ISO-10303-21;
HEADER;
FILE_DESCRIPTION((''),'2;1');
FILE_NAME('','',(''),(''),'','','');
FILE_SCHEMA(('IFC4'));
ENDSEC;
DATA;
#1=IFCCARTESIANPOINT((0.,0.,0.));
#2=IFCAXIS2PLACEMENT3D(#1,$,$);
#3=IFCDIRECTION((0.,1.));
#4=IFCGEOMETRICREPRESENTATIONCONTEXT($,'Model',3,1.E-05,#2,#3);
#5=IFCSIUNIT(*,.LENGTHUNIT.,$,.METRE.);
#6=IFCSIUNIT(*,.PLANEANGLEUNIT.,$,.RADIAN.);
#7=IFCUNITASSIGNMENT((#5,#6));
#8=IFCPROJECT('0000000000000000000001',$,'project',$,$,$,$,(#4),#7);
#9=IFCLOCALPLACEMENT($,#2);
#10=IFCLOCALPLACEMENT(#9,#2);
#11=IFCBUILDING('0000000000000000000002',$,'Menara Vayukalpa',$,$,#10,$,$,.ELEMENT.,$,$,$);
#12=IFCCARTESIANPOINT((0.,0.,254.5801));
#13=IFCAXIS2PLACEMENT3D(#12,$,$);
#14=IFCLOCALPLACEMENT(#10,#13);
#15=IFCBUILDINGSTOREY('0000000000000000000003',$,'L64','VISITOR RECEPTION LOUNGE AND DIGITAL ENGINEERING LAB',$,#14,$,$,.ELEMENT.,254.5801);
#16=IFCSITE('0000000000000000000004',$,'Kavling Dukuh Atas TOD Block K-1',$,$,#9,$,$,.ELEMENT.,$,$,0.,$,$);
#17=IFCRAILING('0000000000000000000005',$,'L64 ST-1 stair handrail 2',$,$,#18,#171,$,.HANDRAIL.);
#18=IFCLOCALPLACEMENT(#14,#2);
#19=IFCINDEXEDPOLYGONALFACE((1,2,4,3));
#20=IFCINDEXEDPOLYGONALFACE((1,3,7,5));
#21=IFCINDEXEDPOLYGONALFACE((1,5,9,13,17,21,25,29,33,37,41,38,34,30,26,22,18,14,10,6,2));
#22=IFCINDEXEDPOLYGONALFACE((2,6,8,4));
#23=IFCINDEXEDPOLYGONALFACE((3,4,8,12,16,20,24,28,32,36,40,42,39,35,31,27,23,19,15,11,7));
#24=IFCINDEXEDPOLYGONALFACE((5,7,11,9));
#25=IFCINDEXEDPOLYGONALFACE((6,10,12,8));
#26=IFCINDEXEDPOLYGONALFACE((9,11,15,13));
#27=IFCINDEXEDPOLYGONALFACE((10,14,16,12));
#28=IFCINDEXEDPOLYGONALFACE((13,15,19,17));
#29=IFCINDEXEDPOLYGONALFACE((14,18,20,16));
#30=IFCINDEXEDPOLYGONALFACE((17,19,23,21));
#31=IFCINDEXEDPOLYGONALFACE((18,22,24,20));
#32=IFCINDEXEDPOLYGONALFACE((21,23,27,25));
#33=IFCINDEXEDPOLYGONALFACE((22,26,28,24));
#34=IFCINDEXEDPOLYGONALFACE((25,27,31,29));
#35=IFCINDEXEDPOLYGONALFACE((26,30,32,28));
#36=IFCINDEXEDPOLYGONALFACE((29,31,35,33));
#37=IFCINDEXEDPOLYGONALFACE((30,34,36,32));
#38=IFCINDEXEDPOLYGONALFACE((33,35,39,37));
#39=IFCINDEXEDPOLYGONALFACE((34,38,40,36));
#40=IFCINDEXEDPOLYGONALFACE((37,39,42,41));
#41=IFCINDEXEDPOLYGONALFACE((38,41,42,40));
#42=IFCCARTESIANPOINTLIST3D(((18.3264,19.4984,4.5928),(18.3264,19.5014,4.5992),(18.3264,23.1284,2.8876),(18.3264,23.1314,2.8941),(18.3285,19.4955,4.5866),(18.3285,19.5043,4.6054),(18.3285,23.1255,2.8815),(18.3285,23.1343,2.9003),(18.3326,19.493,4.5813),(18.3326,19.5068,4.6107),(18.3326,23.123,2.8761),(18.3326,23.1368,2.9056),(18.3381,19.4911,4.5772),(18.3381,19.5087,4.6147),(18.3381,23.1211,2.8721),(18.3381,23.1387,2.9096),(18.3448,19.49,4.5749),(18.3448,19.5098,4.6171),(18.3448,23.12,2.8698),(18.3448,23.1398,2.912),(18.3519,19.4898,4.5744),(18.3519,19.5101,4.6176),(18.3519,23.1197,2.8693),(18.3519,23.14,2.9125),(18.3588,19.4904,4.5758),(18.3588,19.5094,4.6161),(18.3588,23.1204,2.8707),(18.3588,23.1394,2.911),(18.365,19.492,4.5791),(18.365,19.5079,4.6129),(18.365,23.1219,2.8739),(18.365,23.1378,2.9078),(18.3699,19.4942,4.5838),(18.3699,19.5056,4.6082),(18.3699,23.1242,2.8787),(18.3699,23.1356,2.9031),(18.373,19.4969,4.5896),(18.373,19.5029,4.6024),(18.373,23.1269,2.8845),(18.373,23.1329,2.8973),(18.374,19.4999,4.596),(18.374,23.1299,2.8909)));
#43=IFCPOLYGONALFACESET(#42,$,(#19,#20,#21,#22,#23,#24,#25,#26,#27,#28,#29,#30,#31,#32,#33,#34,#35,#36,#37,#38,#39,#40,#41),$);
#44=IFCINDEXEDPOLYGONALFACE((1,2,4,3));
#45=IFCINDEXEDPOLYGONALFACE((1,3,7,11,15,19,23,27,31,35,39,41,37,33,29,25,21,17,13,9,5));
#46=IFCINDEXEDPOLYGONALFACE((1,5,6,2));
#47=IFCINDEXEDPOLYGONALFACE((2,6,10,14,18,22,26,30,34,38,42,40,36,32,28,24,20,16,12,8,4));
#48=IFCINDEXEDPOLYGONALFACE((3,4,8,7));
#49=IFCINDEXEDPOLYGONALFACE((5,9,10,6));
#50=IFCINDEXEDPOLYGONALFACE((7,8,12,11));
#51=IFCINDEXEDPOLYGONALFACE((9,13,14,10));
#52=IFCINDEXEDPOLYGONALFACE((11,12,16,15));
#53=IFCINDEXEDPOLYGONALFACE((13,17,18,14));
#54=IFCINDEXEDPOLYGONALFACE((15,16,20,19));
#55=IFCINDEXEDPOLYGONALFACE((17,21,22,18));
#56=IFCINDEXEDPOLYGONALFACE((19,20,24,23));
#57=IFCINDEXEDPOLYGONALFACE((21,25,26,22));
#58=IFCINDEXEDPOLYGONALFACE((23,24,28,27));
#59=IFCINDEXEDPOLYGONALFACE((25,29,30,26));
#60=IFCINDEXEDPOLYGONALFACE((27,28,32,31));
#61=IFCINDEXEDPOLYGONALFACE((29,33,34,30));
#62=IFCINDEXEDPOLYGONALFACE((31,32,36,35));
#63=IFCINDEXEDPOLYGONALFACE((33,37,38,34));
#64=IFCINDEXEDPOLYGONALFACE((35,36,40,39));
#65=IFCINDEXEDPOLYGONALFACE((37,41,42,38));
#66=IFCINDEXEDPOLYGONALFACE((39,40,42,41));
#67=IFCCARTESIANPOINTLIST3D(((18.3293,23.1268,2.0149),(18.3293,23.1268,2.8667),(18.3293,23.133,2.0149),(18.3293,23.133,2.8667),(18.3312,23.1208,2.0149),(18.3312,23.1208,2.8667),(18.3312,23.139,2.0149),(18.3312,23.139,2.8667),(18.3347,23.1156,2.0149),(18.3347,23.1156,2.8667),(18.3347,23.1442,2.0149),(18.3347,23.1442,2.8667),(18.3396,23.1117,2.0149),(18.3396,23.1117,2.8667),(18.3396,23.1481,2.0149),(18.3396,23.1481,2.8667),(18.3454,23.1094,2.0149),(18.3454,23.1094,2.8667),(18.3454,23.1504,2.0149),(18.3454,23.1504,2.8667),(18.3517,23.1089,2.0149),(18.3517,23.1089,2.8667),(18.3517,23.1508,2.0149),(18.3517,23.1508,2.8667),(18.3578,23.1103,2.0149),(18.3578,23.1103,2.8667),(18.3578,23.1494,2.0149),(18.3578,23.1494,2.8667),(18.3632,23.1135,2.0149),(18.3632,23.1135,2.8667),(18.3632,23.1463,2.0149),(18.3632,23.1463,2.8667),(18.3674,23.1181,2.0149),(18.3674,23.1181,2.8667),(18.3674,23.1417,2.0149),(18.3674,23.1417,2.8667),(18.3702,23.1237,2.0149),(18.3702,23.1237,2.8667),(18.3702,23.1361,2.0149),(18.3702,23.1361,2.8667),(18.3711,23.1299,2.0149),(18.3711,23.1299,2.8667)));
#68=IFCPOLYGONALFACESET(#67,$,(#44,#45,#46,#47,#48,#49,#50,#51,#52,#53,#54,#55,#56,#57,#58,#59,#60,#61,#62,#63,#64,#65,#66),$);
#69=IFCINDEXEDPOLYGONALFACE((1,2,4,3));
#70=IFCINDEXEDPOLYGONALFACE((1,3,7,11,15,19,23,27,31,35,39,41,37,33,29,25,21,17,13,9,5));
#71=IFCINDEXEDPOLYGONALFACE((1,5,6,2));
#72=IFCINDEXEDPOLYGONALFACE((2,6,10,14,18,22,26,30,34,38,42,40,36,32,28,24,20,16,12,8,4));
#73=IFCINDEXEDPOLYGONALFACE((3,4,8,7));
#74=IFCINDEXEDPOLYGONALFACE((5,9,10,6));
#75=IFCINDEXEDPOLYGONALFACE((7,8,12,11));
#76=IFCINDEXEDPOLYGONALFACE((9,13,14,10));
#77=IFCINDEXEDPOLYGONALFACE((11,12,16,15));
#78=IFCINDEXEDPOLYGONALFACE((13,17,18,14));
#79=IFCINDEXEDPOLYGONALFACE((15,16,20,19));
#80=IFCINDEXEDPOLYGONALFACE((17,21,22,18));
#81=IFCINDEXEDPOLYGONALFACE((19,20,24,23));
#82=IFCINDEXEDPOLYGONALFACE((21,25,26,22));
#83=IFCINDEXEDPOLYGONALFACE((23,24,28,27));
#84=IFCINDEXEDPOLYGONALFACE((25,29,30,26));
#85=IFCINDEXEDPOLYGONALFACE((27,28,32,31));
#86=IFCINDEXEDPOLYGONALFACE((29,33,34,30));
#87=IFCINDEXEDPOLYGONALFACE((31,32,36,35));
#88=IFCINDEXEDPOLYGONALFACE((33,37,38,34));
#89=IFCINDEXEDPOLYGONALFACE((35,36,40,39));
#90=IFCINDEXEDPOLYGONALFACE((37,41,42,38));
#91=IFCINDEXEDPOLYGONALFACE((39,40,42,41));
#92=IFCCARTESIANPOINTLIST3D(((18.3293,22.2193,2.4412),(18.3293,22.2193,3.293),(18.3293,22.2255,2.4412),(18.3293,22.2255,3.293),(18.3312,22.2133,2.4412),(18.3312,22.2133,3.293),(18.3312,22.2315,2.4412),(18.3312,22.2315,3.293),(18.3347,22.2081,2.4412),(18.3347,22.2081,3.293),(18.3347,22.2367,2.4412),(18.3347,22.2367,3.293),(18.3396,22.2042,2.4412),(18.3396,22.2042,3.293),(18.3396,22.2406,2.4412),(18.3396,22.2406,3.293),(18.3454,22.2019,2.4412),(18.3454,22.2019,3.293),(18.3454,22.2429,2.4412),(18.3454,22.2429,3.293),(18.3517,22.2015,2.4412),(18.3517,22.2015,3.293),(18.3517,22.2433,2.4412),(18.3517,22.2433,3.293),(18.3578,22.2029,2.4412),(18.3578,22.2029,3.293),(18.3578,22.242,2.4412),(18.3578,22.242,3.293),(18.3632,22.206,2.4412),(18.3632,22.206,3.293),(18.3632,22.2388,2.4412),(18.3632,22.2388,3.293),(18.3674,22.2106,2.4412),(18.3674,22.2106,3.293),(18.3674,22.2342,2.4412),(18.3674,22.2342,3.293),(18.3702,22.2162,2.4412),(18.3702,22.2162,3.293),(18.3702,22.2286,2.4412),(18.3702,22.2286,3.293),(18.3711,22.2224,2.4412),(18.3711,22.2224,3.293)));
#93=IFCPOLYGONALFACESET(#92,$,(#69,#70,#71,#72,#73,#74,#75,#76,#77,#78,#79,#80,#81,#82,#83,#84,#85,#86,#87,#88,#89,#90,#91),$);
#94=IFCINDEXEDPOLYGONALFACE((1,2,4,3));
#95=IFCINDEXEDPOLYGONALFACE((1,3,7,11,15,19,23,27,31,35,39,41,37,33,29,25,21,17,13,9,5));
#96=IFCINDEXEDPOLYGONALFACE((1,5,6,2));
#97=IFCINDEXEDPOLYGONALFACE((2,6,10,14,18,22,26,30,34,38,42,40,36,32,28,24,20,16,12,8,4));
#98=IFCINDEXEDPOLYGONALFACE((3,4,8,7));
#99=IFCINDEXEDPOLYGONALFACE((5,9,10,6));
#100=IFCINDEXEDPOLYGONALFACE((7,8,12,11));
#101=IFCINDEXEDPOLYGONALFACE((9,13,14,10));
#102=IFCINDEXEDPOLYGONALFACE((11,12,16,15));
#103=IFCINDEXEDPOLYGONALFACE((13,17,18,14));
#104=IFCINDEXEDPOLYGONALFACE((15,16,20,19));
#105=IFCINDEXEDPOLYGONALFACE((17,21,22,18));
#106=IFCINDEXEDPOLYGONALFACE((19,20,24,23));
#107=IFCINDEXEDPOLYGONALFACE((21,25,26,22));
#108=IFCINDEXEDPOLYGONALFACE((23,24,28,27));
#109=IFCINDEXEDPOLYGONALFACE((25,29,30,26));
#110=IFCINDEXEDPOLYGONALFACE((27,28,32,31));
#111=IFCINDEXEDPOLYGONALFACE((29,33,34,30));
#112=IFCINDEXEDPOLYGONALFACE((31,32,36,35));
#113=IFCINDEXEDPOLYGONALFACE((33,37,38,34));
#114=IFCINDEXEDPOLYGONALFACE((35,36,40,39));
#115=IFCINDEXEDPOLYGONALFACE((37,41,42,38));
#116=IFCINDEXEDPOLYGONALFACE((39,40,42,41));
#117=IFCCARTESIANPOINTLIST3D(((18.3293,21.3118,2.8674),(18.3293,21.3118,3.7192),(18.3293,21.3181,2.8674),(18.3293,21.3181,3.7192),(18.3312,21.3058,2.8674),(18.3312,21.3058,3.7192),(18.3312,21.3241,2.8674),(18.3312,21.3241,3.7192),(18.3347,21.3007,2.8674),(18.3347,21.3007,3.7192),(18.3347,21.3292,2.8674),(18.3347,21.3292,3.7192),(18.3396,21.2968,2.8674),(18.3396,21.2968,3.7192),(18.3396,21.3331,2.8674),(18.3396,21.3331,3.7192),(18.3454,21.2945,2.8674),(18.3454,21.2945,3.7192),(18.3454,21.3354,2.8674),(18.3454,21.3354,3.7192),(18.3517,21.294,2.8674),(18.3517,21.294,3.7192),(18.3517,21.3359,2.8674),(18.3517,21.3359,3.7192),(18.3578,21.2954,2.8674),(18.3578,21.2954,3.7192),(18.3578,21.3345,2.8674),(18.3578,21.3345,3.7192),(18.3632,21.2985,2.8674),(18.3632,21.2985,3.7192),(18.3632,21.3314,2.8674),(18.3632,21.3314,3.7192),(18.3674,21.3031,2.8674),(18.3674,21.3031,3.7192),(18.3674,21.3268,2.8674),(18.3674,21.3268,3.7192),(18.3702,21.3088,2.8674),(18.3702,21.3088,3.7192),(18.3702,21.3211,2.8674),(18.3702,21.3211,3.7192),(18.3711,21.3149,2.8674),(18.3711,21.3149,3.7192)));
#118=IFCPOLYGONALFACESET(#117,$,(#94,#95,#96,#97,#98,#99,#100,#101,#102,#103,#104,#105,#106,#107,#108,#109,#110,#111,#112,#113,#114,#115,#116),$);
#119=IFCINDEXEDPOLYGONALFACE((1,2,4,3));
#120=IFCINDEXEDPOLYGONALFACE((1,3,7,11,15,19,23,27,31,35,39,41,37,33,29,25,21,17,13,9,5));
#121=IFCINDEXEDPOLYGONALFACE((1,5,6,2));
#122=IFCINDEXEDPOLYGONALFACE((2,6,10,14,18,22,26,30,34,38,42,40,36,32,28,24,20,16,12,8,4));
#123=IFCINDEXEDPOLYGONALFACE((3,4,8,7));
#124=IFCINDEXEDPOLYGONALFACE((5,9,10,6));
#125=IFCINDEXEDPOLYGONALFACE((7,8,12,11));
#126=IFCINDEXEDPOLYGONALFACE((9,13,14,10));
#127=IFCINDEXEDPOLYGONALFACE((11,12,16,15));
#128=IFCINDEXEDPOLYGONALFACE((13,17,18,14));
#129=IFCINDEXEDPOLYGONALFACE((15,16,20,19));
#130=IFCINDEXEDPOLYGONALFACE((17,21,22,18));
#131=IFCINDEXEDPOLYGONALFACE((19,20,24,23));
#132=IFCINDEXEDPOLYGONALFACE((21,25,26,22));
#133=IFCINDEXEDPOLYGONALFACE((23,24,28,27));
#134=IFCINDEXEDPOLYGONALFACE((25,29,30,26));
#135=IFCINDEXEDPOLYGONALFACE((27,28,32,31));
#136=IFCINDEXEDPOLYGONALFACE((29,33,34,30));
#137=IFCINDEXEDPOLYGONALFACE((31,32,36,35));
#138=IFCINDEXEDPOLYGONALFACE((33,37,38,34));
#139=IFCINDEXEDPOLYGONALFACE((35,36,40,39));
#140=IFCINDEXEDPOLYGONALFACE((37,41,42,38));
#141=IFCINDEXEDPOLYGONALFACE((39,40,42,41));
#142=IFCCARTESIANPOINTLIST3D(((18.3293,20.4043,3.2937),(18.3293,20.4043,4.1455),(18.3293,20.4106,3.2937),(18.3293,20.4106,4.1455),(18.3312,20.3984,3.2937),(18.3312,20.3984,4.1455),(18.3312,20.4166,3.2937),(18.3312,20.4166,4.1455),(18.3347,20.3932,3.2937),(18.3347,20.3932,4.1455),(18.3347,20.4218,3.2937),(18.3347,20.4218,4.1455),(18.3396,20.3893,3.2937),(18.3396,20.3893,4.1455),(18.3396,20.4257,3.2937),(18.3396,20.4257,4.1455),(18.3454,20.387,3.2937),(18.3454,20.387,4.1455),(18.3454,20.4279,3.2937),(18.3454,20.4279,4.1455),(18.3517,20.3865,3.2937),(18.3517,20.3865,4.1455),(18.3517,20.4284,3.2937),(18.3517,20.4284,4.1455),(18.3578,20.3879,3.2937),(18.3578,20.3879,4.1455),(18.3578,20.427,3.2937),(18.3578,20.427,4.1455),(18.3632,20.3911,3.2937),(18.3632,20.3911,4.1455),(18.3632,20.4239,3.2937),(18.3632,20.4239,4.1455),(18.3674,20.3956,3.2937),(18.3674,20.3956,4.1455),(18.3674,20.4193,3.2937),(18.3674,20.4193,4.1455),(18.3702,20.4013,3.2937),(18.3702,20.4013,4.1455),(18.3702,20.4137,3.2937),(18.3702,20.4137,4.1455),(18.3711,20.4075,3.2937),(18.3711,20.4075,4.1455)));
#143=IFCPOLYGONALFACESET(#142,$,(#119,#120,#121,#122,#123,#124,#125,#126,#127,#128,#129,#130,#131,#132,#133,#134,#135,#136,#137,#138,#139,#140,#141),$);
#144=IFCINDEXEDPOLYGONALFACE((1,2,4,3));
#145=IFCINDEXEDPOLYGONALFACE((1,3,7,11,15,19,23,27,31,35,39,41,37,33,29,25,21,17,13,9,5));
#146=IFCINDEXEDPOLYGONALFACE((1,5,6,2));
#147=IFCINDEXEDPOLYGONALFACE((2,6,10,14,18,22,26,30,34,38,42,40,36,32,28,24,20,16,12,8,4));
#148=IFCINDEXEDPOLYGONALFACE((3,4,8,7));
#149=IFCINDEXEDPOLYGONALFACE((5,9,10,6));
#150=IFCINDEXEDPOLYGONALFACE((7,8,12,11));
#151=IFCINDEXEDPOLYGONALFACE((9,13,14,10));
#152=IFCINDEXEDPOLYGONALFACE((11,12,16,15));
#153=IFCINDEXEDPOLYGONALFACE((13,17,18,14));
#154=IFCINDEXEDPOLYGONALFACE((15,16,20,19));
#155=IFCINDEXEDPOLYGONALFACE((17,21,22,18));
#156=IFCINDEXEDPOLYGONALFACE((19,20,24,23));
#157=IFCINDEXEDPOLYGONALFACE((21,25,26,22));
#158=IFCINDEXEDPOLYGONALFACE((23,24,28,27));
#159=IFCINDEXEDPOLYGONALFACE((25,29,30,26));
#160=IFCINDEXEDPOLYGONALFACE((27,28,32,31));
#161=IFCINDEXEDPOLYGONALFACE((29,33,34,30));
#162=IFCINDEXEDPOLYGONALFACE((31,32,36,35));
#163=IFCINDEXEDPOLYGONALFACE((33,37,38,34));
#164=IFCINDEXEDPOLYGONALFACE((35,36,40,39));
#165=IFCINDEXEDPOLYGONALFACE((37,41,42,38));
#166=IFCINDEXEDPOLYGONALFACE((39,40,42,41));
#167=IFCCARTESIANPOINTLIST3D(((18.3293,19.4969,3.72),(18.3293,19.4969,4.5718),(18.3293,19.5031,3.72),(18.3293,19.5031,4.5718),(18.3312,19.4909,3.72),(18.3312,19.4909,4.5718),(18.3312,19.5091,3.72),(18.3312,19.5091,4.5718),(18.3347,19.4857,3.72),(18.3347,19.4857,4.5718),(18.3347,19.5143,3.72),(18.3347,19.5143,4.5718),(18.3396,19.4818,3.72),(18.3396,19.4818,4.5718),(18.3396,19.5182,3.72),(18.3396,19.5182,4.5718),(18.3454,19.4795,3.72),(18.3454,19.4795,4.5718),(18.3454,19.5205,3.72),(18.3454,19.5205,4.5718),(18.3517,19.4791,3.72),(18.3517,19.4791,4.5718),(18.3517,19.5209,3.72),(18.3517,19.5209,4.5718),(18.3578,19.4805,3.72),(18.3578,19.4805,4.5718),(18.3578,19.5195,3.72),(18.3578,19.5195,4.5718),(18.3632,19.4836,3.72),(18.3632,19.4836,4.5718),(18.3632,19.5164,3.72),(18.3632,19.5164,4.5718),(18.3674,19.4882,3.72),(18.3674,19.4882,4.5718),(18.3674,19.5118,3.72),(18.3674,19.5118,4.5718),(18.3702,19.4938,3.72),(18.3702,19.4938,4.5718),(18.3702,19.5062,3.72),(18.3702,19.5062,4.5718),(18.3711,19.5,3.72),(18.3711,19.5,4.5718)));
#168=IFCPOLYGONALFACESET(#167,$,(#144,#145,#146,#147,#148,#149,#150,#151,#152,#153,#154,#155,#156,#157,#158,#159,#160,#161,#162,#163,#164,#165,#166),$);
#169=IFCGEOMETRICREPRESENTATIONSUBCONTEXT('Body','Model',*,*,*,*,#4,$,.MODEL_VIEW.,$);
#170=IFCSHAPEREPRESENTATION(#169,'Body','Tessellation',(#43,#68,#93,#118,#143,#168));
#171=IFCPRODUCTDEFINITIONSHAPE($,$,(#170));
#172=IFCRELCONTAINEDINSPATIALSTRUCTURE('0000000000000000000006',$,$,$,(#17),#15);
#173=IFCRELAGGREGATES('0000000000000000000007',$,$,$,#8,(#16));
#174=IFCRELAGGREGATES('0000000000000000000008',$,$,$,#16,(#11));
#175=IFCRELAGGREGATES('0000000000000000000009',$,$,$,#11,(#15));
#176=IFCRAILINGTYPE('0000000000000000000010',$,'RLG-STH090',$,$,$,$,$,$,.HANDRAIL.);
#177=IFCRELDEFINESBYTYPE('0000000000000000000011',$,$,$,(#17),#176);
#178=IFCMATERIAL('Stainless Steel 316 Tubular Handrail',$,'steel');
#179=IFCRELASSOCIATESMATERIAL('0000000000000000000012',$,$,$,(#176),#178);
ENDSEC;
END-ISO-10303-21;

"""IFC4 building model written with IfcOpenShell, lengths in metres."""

from ifc_helpers import new_model, si_unit, direction, frame, origin, origin_2d, place, context, subcontext, project, spatial, circle, extrude, material, type_object, element, save


model = new_model("IFC4")

# Units and contexts
model_context = context("Model", 3, precision=1e-05, world=origin(), true_north=direction((0.0, 1.0)))
body_context = subcontext(model_context, "Body", "Model", "MODEL_VIEW")
ifc_project = project(units=[si_unit("LENGTHUNIT", "METRE"), si_unit("PLANEANGLEUNIT", "RADIAN")], contexts=[model_context])

# Site, building, storey
site_placement = place(None, origin())
site = spatial("IfcSite", under=ifc_project, at=site_placement, Name="Kavling Dukuh Atas TOD Block K-1", CompositionType="ELEMENT", RefElevation=0.0)
building_placement = place(site_placement, origin())
building = spatial("IfcBuilding", under=site, at=building_placement, Name="Menara Vayukalpa", CompositionType="ELEMENT")
storey_placement = place(building_placement, frame((0.0, 0.0, 254.5801)))
storey = spatial("IfcBuildingStorey", under=building, at=storey_placement, Name="L64", Description="VISITOR RECEPTION LOUNGE AND DIGITAL ENGINEERING LAB", CompositionType="ELEMENT", Elevation=254.5801)

# Railing
ifc_material_1 = material(Name="Stainless Steel 316 Tubular Handrail", Category="steel")
railing_type_1 = type_object("IfcRailingType", Name="RLG-STH090", PredefinedType="HANDRAIL", material=ifc_material_1)
railing_1_placement = place(storey_placement, frame((18.3501, 23.1299, 2.0149)))
element("IfcRailing", 1, at=railing_1_placement, inside=storey, type_object=railing_type_1, Name="L64 ST-1 stair handrail 2", PredefinedType="HANDRAIL", context=body_context, shape_type="SweptSolid", body=[
    extrude(circle(Radius=0.0239, at=origin_2d()), frame((0.0, 0.0, 0.876), z_axis=(0.0, -0.905116, 0.425164), x_axis=(1.0, 0.0, 0.0)), (0.0, 0.0, 1.0), 4.0105),
    extrude(circle(Radius=0.021, at=origin_2d()), origin(), (0.0, 0.0, 1.0), 0.8518),
    extrude(circle(Radius=0.021, at=origin_2d()), frame((0.0, -0.9075, 0.4263)), (0.0, 0.0, 1.0), 0.8518),
    extrude(circle(Radius=0.021, at=origin_2d()), frame((0.0, -1.8149, 0.8525)), (0.0, 0.0, 1.0), 0.8518),
    extrude(circle(Radius=0.021, at=origin_2d()), frame((0.0, -2.7224, 1.2788)), (0.0, 0.0, 1.0), 0.8518),
    extrude(circle(Radius=0.021, at=origin_2d()), frame((0.0, -3.6299, 1.7051)), (0.0, 0.0, 1.0), 0.8518),
])

save(model, "model.ifc")
